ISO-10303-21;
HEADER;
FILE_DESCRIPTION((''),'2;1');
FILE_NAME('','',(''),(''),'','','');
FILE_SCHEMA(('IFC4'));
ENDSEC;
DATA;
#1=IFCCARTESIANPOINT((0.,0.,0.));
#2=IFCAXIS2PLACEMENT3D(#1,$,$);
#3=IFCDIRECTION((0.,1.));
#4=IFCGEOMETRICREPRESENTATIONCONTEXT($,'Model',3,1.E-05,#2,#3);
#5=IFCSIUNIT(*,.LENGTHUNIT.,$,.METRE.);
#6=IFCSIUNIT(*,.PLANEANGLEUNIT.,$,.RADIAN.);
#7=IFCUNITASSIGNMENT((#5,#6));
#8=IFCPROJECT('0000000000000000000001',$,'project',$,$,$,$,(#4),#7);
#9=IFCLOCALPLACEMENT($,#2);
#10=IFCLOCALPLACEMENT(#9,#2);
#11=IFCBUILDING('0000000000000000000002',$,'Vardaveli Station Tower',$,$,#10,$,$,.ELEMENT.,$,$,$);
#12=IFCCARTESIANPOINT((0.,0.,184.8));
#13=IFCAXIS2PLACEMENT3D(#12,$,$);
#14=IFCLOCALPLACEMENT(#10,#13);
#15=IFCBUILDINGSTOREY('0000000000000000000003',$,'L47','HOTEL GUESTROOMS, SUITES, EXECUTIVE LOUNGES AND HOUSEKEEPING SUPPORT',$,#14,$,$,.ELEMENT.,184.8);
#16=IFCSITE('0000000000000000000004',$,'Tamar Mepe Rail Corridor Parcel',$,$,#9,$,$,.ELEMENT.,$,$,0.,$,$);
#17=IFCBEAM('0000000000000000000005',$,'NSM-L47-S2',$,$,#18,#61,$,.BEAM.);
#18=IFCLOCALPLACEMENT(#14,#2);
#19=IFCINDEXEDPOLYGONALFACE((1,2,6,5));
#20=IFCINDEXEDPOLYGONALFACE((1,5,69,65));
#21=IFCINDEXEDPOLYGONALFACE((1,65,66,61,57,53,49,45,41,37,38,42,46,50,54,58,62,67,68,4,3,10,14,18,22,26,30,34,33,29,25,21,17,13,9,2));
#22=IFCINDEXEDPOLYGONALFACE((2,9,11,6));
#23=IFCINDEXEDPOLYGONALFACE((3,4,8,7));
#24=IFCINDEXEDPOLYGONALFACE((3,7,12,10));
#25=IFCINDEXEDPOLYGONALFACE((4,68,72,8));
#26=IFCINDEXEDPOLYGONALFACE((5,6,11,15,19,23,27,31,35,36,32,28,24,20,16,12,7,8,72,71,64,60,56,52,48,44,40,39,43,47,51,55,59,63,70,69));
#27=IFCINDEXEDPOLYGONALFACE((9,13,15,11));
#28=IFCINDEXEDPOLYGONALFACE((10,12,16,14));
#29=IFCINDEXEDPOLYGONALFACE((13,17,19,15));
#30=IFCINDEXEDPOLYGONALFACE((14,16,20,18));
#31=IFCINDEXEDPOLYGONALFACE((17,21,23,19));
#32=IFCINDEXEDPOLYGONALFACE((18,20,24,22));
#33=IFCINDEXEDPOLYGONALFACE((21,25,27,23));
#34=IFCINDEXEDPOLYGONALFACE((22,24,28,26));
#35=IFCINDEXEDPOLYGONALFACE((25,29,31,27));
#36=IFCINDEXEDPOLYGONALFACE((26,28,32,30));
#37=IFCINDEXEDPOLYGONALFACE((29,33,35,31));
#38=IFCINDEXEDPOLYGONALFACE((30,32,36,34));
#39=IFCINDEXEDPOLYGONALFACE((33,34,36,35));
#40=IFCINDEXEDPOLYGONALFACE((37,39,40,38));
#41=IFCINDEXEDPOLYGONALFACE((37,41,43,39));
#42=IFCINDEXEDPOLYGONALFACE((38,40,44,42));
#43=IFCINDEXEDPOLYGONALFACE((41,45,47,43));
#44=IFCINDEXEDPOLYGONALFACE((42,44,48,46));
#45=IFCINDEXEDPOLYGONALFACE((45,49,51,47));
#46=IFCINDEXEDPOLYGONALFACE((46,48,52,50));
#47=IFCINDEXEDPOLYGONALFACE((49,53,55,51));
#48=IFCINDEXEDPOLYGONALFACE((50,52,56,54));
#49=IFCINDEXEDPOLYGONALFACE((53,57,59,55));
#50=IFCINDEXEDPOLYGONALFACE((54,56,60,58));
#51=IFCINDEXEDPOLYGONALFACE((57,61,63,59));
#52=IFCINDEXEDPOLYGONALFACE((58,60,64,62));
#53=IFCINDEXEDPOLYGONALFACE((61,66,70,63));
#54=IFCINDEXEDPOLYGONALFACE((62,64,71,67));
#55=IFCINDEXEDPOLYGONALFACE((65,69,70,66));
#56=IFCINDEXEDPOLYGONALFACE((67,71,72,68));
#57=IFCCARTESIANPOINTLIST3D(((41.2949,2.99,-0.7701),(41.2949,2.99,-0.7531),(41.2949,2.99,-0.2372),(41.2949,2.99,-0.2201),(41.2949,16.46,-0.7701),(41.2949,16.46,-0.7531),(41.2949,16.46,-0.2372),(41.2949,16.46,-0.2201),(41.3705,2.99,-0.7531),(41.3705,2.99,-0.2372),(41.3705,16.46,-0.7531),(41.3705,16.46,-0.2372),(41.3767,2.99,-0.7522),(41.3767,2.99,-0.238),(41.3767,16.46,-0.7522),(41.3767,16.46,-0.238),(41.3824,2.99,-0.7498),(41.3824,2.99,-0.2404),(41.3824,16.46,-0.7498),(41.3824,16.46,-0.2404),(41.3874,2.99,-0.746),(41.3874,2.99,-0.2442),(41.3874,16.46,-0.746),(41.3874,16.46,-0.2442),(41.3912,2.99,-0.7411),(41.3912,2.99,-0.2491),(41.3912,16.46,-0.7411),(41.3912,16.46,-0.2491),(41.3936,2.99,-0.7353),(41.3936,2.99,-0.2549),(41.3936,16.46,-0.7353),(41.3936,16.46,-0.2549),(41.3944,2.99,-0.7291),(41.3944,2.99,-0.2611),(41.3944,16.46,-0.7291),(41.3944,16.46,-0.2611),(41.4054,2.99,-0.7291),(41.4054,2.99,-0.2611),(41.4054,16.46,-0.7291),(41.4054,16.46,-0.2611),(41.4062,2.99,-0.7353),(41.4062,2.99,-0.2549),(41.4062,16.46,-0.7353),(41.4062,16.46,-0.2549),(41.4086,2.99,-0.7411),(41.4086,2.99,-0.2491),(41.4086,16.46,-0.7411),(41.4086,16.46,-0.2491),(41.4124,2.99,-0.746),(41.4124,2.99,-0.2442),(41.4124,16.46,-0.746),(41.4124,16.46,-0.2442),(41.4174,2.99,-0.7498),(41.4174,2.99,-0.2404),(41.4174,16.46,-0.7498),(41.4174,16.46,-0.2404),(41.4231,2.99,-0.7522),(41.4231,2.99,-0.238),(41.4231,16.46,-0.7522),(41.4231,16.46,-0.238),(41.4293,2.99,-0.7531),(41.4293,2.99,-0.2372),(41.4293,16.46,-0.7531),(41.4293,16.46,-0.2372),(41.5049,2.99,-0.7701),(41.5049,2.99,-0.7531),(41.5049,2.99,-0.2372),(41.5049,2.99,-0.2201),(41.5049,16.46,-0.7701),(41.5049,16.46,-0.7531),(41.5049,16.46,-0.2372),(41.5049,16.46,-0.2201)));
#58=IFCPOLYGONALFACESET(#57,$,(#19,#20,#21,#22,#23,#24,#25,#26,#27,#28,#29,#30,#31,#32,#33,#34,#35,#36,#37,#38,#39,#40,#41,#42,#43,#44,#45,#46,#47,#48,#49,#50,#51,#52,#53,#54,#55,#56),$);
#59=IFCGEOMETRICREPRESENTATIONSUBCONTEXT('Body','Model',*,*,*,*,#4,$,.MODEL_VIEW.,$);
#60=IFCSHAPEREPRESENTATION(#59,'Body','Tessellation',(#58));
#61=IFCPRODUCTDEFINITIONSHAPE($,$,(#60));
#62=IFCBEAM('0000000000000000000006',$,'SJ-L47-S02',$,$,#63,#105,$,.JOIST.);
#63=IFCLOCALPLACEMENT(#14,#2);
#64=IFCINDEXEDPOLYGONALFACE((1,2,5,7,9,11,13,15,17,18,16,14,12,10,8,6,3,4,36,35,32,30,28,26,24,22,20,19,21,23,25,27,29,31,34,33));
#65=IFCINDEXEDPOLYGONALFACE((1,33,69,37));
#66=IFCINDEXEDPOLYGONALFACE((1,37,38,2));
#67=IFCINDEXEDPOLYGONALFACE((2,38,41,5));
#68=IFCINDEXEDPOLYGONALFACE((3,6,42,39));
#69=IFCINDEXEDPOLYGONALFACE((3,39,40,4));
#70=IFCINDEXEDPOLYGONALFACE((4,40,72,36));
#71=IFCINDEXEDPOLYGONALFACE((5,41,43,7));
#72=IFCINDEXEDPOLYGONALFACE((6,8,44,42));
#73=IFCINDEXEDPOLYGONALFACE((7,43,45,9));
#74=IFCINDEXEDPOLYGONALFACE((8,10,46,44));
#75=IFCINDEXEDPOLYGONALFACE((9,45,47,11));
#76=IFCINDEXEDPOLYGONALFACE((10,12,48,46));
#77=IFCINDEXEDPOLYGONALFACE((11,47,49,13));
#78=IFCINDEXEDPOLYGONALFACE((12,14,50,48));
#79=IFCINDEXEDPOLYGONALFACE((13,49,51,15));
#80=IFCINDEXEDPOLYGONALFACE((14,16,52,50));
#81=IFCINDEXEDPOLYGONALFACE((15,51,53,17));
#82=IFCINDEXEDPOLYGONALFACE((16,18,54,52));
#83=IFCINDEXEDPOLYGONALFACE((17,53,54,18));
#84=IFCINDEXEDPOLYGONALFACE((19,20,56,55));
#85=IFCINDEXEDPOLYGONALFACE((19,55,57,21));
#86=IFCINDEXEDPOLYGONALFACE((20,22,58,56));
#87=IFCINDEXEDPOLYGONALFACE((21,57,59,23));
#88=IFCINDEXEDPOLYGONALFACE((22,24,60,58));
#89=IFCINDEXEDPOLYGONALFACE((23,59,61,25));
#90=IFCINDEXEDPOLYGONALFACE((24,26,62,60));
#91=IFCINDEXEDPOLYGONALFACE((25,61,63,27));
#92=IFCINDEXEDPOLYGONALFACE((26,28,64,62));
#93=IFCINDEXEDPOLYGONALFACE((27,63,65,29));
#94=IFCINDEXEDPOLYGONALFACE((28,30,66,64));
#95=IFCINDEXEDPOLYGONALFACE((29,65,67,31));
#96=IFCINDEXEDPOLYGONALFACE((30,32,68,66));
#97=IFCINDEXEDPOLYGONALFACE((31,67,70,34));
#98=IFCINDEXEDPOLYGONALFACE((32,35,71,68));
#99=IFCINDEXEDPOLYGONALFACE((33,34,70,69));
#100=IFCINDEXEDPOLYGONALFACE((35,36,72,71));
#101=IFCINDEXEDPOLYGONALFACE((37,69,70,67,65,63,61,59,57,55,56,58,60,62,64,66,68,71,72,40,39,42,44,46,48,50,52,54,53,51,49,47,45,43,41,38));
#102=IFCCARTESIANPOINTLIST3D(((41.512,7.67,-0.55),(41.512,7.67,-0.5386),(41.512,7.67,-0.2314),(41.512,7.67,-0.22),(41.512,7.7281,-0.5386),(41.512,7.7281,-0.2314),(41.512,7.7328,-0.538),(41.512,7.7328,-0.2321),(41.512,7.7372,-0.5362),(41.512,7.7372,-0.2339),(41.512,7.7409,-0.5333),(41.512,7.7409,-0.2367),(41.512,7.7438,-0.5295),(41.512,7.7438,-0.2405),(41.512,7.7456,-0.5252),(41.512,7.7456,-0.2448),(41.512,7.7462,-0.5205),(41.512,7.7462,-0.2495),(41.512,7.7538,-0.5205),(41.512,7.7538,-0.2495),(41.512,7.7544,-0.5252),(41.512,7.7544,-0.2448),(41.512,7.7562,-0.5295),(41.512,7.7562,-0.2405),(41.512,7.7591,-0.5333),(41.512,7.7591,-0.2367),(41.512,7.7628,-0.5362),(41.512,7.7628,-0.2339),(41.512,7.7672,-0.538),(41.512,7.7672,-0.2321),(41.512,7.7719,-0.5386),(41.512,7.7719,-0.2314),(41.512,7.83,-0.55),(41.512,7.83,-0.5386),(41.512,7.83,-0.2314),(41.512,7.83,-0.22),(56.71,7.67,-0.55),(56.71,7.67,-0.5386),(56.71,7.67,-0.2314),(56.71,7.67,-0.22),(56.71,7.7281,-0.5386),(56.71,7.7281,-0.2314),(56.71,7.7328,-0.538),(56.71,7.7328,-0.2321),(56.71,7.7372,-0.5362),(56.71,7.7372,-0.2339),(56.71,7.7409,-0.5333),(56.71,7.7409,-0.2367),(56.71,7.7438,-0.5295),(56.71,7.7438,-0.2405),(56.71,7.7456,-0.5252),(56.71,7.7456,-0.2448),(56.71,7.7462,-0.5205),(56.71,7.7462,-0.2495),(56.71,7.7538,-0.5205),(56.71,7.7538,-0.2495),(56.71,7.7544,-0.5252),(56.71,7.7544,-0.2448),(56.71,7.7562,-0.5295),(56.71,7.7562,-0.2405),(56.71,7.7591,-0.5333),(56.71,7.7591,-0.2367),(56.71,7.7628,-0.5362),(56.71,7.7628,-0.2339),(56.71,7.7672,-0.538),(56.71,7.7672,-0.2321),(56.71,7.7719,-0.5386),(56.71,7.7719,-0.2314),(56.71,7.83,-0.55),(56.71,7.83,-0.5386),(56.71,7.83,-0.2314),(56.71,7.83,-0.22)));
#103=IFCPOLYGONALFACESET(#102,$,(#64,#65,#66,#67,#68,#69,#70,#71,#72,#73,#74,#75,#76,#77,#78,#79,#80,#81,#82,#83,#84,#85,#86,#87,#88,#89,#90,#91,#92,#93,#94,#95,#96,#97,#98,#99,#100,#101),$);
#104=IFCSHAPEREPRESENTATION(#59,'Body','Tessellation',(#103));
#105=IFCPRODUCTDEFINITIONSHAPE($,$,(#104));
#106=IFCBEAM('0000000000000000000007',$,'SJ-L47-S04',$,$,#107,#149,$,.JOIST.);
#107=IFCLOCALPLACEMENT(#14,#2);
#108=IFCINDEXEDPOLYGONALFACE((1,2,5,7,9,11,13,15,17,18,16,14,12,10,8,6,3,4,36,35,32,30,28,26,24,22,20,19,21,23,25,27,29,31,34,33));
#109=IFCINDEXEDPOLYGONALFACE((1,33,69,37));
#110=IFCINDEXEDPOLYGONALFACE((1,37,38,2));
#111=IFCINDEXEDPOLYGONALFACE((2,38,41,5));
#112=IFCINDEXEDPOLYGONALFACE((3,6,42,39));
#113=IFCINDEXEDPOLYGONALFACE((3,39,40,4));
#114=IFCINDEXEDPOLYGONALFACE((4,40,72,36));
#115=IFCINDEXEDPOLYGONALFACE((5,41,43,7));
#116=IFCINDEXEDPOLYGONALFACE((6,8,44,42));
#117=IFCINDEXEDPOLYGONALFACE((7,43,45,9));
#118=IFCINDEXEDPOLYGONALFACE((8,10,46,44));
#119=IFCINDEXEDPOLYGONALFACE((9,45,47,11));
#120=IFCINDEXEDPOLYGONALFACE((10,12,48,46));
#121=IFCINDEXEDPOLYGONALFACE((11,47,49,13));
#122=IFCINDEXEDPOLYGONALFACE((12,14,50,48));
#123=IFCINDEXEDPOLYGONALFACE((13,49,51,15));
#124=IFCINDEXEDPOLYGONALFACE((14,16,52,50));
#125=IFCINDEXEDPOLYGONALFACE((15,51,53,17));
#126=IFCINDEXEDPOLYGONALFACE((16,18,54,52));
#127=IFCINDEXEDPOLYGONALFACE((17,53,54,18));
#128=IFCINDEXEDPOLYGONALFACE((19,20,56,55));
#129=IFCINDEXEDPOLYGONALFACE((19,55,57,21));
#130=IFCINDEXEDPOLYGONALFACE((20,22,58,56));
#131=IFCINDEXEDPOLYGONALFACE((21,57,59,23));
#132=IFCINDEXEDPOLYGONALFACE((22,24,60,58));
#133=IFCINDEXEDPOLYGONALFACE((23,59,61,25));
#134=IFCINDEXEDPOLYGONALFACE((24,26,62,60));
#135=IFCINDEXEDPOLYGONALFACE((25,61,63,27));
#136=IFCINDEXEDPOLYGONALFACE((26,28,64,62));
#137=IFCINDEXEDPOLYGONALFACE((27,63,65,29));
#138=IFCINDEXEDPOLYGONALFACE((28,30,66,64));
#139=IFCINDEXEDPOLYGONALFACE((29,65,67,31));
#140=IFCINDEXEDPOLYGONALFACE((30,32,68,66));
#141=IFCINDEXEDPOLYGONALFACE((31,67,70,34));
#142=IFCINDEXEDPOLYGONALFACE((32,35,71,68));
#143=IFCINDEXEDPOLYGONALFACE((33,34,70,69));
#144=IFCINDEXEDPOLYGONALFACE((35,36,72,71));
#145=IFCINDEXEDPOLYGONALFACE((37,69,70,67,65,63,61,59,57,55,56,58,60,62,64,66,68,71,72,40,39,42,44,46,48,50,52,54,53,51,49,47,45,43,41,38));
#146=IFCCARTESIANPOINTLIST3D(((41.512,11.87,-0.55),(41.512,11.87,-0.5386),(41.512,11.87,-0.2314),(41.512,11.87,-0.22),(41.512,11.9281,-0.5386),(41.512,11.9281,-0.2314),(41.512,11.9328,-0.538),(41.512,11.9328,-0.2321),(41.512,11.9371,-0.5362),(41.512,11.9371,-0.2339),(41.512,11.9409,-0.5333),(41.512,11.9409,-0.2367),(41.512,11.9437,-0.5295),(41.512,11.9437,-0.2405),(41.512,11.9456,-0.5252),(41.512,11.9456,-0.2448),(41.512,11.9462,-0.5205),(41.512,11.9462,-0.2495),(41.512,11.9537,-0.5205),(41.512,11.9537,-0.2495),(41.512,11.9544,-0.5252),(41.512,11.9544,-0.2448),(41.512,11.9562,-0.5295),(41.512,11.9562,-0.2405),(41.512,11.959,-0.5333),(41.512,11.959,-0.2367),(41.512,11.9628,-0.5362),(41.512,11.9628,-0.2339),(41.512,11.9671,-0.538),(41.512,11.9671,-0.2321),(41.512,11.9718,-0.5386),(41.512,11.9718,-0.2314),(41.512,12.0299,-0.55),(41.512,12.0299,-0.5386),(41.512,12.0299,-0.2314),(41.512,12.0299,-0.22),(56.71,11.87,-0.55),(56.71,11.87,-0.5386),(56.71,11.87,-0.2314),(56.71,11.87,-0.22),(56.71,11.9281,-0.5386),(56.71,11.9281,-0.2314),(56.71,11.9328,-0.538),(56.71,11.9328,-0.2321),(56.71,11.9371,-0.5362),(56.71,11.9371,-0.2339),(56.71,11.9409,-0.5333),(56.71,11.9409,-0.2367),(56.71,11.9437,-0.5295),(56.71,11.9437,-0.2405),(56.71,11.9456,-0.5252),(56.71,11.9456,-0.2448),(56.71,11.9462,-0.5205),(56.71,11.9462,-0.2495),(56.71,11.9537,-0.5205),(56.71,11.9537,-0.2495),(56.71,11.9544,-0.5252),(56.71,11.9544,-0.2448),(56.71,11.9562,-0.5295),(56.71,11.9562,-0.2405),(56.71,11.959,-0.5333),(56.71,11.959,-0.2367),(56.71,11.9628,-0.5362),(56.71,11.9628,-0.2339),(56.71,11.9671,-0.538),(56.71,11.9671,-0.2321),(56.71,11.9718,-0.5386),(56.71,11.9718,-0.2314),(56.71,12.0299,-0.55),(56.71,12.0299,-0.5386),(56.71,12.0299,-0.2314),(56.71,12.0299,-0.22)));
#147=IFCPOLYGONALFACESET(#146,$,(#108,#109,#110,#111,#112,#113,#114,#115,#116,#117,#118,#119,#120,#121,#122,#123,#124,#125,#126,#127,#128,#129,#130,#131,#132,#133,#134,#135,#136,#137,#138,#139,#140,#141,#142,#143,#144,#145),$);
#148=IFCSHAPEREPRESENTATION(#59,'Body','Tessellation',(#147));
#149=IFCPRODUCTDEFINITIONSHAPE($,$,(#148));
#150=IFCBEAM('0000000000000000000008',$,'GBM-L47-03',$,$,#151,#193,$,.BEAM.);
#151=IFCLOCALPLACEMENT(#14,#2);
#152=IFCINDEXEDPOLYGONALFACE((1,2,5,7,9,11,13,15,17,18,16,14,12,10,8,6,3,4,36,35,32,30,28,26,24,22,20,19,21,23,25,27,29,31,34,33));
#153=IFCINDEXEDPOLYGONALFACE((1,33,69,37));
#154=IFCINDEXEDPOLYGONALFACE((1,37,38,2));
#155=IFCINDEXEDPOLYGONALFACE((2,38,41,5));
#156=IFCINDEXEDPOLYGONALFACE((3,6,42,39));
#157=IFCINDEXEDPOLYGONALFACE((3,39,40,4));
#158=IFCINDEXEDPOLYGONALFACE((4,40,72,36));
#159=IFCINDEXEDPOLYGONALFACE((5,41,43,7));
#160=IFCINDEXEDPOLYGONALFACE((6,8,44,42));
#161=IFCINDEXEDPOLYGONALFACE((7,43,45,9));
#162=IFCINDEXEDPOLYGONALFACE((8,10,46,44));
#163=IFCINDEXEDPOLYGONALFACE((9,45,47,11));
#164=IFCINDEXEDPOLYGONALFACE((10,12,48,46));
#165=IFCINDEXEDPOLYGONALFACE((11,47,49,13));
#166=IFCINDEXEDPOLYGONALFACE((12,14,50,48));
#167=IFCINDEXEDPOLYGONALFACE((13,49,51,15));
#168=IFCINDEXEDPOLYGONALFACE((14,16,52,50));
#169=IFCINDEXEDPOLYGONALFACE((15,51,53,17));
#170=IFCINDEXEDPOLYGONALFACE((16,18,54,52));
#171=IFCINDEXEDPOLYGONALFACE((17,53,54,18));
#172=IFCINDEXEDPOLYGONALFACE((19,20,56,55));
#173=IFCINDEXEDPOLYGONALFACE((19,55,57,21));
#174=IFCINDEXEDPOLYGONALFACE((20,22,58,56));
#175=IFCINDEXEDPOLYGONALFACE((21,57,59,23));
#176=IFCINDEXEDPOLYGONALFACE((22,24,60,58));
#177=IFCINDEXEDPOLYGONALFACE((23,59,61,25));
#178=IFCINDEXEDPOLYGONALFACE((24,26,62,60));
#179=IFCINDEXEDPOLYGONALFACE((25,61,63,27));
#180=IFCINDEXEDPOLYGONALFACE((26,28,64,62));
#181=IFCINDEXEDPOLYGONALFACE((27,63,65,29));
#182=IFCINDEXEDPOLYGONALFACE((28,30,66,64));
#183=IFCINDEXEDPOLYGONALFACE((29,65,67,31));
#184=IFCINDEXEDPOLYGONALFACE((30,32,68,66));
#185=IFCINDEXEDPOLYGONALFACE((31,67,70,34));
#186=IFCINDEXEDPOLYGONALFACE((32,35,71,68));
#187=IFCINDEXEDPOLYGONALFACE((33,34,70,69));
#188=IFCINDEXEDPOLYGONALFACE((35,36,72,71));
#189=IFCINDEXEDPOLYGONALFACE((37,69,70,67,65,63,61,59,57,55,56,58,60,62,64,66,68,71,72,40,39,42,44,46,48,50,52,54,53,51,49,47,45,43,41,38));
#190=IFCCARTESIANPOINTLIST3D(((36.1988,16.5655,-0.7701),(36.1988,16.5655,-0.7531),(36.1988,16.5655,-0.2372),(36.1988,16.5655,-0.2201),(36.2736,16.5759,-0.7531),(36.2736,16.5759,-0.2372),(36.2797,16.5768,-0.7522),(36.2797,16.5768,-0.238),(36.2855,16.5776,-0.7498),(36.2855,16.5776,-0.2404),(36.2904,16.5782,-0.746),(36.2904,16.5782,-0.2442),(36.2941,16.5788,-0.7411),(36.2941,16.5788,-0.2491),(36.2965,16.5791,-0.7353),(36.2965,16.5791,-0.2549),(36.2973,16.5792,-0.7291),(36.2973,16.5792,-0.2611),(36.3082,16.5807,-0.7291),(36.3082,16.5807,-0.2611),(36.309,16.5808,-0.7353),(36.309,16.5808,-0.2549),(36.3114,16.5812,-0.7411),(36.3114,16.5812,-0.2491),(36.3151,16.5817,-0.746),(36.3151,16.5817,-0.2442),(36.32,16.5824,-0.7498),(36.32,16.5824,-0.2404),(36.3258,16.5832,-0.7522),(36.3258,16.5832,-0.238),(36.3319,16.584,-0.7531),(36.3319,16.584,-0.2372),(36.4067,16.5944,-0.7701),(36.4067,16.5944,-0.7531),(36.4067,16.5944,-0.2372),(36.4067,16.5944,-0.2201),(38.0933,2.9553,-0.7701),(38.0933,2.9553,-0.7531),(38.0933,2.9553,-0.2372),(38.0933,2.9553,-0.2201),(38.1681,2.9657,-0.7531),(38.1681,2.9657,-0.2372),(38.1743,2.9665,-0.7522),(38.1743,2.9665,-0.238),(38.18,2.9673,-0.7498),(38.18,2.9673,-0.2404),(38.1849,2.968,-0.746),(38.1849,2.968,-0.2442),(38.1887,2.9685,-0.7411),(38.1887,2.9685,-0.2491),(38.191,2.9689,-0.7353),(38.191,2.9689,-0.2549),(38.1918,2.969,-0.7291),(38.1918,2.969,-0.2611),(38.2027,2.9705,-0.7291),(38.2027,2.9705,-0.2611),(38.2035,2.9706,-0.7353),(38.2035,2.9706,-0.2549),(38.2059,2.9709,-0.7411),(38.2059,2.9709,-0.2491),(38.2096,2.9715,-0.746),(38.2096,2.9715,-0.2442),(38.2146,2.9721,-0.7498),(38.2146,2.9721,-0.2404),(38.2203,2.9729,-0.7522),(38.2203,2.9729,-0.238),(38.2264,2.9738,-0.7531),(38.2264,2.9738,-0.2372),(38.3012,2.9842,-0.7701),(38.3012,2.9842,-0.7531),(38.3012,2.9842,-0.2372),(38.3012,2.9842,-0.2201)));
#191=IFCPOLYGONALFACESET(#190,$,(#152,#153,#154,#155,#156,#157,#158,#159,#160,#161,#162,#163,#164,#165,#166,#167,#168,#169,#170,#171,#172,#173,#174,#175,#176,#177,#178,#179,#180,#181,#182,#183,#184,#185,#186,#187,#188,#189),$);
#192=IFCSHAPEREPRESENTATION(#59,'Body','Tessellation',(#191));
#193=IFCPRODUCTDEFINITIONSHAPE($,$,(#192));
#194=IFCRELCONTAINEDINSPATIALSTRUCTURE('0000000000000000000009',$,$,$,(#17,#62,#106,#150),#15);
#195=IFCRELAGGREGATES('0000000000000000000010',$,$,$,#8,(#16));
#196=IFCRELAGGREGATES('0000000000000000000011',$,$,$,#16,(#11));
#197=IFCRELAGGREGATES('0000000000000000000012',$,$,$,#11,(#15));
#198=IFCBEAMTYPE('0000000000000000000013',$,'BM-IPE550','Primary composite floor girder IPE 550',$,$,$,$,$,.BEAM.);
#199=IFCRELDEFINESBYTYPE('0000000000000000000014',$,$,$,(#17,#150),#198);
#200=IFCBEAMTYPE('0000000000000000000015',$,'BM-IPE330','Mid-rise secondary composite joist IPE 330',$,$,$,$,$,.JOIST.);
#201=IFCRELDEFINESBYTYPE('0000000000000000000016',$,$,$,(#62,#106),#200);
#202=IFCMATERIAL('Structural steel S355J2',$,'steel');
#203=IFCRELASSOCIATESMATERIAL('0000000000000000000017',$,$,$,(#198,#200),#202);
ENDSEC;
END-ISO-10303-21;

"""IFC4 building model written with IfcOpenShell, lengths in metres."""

from ifc_helpers import new_model, si_unit, direction, frame, origin, origin_2d, place, context, subcontext, project, spatial, i_section, extrude, source, transform, mapped, material, material_profile, profile_set, type_object, element, save


model = new_model("IFC4")

# Units and contexts
model_context = context("Model", 3, precision=1e-05, world=origin(), true_north=direction((0.0, 1.0)))
body_context = subcontext(model_context, "Body", "Model", "MODEL_VIEW")
ifc_project = project(units=[si_unit("LENGTHUNIT", "METRE"), si_unit("PLANEANGLEUNIT", "RADIAN")], contexts=[model_context])

# Site, building, storey
site_placement = place(None, origin())
site = spatial("IfcSite", under=ifc_project, at=site_placement, Name="Tamar Mepe Rail Corridor Parcel", CompositionType="ELEMENT", RefElevation=0.0)
building_placement = place(site_placement, origin())
building = spatial("IfcBuilding", under=site, at=building_placement, Name="Vardaveli Station Tower", CompositionType="ELEMENT")
storey_placement = place(building_placement, frame((0.0, 0.0, 184.8)))
storey = spatial("IfcBuildingStorey", under=building, at=storey_placement, Name="L47", Description="HOTEL GUESTROOMS, SUITES, EXECUTIVE LOUNGES AND HOUSEKEEPING SUPPORT", CompositionType="ELEMENT", Elevation=184.8)

# Beams
ifc_material_1 = material(Name="Structural steel S355J2", Category="steel")
ifc_material_profile_1 = material_profile(ifc_material_1, i_section(OverallWidth=0.21, OverallDepth=0.55, WebThickness=0.011, FlangeThickness=0.0171, FilletRadius=0.0239, at=origin_2d()), Name="IPE 550")
ifc_profile_set_1 = profile_set([ifc_material_profile_1], Name="Structural steel S355J2")
beam_type_1 = type_object("IfcBeamType", Name="BM-IPE550", Description="Primary composite floor girder IPE 550", PredefinedType="BEAM", material=ifc_profile_set_1)
shared_shape_1 = source(origin(), body_context, "Body", "SweptSolid", [
    extrude(i_section(OverallWidth=0.21, OverallDepth=0.55, WebThickness=0.011, FlangeThickness=0.0171, FilletRadius=0.0239, at=origin_2d()), origin(), (0.0, 0.0, 1.0), 13.47),
])
beam_1_placement = place(storey_placement, frame((41.3999, 2.99, -0.4951), z_axis=(0.0, 1.0, 0.0), x_axis=(-1.0, 0.0, 0.0)))
element("IfcBeam", 1, at=beam_1_placement, inside=storey, type_object=beam_type_1, Name="NSM-L47-S2", PredefinedType="BEAM", context=body_context, shape_type="MappedRepresentation", body=[
    mapped(shared_shape_1, transform((0.0, 0.0, 0.0), scale=1.0)),
])
ifc_material_profile_2 = material_profile(ifc_material_1, i_section(OverallWidth=0.1599, OverallDepth=0.3301, WebThickness=0.0076, FlangeThickness=0.0115, FilletRadius=0.0181, at=origin_2d()), Name="IPE 330")
ifc_profile_set_2 = profile_set([ifc_material_profile_2], Name="Structural steel S355J2")
beam_type_2 = type_object("IfcBeamType", Name="BM-IPE330", Description="Mid-rise secondary composite joist IPE 330", PredefinedType="JOIST", material=ifc_profile_set_2)
shared_shape_2 = source(origin(), body_context, "Body", "SweptSolid", [
    extrude(i_section(OverallWidth=0.1599, OverallDepth=0.3301, WebThickness=0.0076, FlangeThickness=0.0115, FilletRadius=0.0181, at=origin_2d()), origin(), (0.0, 0.0, 1.0), 15.198),
])
for number, where, z_axis, x_axis, name in (
    (2, (41.512, 7.75, -0.385), (1.0, 0.0, 0.0), (0.0, 1.0, 0.0), "SJ-L47-S02"),
    (3, (41.512, 11.95, -0.385), (1.0, 0.0, 0.0), (0.0, 1.0, 0.0), "SJ-L47-S04"),
):
    element("IfcBeam", number, at=place(storey_placement, frame(where, z_axis=z_axis, x_axis=x_axis)), inside=storey, type_object=beam_type_2, Name=name, PredefinedType="JOIST", context=body_context, shape_type="MappedRepresentation", body=[
        mapped(shared_shape_2, transform((0.0, 0.0, 0.0), scale=1.0)),
    ])
shared_shape_3 = source(origin(), body_context, "Body", "SweptSolid", [
    extrude(i_section(OverallWidth=0.21, OverallDepth=0.55, WebThickness=0.011, FlangeThickness=0.0171, FilletRadius=0.0239, at=origin_2d()), origin(), (0.0, 0.0, 1.0), 13.7415),
])
beam_2_placement = place(storey_placement, frame((38.1973, 2.9697, -0.4951), z_axis=(-0.137869, 0.990451, 0.0), x_axis=(-0.990451, -0.137869, 0.0)))
element("IfcBeam", 4, at=beam_2_placement, inside=storey, type_object=beam_type_1, Name="GBM-L47-03", PredefinedType="BEAM", context=body_context, shape_type="MappedRepresentation", body=[
    mapped(shared_shape_3, transform((0.0, 0.0, 0.0), scale=1.0)),
])

save(model, "model.ifc")
